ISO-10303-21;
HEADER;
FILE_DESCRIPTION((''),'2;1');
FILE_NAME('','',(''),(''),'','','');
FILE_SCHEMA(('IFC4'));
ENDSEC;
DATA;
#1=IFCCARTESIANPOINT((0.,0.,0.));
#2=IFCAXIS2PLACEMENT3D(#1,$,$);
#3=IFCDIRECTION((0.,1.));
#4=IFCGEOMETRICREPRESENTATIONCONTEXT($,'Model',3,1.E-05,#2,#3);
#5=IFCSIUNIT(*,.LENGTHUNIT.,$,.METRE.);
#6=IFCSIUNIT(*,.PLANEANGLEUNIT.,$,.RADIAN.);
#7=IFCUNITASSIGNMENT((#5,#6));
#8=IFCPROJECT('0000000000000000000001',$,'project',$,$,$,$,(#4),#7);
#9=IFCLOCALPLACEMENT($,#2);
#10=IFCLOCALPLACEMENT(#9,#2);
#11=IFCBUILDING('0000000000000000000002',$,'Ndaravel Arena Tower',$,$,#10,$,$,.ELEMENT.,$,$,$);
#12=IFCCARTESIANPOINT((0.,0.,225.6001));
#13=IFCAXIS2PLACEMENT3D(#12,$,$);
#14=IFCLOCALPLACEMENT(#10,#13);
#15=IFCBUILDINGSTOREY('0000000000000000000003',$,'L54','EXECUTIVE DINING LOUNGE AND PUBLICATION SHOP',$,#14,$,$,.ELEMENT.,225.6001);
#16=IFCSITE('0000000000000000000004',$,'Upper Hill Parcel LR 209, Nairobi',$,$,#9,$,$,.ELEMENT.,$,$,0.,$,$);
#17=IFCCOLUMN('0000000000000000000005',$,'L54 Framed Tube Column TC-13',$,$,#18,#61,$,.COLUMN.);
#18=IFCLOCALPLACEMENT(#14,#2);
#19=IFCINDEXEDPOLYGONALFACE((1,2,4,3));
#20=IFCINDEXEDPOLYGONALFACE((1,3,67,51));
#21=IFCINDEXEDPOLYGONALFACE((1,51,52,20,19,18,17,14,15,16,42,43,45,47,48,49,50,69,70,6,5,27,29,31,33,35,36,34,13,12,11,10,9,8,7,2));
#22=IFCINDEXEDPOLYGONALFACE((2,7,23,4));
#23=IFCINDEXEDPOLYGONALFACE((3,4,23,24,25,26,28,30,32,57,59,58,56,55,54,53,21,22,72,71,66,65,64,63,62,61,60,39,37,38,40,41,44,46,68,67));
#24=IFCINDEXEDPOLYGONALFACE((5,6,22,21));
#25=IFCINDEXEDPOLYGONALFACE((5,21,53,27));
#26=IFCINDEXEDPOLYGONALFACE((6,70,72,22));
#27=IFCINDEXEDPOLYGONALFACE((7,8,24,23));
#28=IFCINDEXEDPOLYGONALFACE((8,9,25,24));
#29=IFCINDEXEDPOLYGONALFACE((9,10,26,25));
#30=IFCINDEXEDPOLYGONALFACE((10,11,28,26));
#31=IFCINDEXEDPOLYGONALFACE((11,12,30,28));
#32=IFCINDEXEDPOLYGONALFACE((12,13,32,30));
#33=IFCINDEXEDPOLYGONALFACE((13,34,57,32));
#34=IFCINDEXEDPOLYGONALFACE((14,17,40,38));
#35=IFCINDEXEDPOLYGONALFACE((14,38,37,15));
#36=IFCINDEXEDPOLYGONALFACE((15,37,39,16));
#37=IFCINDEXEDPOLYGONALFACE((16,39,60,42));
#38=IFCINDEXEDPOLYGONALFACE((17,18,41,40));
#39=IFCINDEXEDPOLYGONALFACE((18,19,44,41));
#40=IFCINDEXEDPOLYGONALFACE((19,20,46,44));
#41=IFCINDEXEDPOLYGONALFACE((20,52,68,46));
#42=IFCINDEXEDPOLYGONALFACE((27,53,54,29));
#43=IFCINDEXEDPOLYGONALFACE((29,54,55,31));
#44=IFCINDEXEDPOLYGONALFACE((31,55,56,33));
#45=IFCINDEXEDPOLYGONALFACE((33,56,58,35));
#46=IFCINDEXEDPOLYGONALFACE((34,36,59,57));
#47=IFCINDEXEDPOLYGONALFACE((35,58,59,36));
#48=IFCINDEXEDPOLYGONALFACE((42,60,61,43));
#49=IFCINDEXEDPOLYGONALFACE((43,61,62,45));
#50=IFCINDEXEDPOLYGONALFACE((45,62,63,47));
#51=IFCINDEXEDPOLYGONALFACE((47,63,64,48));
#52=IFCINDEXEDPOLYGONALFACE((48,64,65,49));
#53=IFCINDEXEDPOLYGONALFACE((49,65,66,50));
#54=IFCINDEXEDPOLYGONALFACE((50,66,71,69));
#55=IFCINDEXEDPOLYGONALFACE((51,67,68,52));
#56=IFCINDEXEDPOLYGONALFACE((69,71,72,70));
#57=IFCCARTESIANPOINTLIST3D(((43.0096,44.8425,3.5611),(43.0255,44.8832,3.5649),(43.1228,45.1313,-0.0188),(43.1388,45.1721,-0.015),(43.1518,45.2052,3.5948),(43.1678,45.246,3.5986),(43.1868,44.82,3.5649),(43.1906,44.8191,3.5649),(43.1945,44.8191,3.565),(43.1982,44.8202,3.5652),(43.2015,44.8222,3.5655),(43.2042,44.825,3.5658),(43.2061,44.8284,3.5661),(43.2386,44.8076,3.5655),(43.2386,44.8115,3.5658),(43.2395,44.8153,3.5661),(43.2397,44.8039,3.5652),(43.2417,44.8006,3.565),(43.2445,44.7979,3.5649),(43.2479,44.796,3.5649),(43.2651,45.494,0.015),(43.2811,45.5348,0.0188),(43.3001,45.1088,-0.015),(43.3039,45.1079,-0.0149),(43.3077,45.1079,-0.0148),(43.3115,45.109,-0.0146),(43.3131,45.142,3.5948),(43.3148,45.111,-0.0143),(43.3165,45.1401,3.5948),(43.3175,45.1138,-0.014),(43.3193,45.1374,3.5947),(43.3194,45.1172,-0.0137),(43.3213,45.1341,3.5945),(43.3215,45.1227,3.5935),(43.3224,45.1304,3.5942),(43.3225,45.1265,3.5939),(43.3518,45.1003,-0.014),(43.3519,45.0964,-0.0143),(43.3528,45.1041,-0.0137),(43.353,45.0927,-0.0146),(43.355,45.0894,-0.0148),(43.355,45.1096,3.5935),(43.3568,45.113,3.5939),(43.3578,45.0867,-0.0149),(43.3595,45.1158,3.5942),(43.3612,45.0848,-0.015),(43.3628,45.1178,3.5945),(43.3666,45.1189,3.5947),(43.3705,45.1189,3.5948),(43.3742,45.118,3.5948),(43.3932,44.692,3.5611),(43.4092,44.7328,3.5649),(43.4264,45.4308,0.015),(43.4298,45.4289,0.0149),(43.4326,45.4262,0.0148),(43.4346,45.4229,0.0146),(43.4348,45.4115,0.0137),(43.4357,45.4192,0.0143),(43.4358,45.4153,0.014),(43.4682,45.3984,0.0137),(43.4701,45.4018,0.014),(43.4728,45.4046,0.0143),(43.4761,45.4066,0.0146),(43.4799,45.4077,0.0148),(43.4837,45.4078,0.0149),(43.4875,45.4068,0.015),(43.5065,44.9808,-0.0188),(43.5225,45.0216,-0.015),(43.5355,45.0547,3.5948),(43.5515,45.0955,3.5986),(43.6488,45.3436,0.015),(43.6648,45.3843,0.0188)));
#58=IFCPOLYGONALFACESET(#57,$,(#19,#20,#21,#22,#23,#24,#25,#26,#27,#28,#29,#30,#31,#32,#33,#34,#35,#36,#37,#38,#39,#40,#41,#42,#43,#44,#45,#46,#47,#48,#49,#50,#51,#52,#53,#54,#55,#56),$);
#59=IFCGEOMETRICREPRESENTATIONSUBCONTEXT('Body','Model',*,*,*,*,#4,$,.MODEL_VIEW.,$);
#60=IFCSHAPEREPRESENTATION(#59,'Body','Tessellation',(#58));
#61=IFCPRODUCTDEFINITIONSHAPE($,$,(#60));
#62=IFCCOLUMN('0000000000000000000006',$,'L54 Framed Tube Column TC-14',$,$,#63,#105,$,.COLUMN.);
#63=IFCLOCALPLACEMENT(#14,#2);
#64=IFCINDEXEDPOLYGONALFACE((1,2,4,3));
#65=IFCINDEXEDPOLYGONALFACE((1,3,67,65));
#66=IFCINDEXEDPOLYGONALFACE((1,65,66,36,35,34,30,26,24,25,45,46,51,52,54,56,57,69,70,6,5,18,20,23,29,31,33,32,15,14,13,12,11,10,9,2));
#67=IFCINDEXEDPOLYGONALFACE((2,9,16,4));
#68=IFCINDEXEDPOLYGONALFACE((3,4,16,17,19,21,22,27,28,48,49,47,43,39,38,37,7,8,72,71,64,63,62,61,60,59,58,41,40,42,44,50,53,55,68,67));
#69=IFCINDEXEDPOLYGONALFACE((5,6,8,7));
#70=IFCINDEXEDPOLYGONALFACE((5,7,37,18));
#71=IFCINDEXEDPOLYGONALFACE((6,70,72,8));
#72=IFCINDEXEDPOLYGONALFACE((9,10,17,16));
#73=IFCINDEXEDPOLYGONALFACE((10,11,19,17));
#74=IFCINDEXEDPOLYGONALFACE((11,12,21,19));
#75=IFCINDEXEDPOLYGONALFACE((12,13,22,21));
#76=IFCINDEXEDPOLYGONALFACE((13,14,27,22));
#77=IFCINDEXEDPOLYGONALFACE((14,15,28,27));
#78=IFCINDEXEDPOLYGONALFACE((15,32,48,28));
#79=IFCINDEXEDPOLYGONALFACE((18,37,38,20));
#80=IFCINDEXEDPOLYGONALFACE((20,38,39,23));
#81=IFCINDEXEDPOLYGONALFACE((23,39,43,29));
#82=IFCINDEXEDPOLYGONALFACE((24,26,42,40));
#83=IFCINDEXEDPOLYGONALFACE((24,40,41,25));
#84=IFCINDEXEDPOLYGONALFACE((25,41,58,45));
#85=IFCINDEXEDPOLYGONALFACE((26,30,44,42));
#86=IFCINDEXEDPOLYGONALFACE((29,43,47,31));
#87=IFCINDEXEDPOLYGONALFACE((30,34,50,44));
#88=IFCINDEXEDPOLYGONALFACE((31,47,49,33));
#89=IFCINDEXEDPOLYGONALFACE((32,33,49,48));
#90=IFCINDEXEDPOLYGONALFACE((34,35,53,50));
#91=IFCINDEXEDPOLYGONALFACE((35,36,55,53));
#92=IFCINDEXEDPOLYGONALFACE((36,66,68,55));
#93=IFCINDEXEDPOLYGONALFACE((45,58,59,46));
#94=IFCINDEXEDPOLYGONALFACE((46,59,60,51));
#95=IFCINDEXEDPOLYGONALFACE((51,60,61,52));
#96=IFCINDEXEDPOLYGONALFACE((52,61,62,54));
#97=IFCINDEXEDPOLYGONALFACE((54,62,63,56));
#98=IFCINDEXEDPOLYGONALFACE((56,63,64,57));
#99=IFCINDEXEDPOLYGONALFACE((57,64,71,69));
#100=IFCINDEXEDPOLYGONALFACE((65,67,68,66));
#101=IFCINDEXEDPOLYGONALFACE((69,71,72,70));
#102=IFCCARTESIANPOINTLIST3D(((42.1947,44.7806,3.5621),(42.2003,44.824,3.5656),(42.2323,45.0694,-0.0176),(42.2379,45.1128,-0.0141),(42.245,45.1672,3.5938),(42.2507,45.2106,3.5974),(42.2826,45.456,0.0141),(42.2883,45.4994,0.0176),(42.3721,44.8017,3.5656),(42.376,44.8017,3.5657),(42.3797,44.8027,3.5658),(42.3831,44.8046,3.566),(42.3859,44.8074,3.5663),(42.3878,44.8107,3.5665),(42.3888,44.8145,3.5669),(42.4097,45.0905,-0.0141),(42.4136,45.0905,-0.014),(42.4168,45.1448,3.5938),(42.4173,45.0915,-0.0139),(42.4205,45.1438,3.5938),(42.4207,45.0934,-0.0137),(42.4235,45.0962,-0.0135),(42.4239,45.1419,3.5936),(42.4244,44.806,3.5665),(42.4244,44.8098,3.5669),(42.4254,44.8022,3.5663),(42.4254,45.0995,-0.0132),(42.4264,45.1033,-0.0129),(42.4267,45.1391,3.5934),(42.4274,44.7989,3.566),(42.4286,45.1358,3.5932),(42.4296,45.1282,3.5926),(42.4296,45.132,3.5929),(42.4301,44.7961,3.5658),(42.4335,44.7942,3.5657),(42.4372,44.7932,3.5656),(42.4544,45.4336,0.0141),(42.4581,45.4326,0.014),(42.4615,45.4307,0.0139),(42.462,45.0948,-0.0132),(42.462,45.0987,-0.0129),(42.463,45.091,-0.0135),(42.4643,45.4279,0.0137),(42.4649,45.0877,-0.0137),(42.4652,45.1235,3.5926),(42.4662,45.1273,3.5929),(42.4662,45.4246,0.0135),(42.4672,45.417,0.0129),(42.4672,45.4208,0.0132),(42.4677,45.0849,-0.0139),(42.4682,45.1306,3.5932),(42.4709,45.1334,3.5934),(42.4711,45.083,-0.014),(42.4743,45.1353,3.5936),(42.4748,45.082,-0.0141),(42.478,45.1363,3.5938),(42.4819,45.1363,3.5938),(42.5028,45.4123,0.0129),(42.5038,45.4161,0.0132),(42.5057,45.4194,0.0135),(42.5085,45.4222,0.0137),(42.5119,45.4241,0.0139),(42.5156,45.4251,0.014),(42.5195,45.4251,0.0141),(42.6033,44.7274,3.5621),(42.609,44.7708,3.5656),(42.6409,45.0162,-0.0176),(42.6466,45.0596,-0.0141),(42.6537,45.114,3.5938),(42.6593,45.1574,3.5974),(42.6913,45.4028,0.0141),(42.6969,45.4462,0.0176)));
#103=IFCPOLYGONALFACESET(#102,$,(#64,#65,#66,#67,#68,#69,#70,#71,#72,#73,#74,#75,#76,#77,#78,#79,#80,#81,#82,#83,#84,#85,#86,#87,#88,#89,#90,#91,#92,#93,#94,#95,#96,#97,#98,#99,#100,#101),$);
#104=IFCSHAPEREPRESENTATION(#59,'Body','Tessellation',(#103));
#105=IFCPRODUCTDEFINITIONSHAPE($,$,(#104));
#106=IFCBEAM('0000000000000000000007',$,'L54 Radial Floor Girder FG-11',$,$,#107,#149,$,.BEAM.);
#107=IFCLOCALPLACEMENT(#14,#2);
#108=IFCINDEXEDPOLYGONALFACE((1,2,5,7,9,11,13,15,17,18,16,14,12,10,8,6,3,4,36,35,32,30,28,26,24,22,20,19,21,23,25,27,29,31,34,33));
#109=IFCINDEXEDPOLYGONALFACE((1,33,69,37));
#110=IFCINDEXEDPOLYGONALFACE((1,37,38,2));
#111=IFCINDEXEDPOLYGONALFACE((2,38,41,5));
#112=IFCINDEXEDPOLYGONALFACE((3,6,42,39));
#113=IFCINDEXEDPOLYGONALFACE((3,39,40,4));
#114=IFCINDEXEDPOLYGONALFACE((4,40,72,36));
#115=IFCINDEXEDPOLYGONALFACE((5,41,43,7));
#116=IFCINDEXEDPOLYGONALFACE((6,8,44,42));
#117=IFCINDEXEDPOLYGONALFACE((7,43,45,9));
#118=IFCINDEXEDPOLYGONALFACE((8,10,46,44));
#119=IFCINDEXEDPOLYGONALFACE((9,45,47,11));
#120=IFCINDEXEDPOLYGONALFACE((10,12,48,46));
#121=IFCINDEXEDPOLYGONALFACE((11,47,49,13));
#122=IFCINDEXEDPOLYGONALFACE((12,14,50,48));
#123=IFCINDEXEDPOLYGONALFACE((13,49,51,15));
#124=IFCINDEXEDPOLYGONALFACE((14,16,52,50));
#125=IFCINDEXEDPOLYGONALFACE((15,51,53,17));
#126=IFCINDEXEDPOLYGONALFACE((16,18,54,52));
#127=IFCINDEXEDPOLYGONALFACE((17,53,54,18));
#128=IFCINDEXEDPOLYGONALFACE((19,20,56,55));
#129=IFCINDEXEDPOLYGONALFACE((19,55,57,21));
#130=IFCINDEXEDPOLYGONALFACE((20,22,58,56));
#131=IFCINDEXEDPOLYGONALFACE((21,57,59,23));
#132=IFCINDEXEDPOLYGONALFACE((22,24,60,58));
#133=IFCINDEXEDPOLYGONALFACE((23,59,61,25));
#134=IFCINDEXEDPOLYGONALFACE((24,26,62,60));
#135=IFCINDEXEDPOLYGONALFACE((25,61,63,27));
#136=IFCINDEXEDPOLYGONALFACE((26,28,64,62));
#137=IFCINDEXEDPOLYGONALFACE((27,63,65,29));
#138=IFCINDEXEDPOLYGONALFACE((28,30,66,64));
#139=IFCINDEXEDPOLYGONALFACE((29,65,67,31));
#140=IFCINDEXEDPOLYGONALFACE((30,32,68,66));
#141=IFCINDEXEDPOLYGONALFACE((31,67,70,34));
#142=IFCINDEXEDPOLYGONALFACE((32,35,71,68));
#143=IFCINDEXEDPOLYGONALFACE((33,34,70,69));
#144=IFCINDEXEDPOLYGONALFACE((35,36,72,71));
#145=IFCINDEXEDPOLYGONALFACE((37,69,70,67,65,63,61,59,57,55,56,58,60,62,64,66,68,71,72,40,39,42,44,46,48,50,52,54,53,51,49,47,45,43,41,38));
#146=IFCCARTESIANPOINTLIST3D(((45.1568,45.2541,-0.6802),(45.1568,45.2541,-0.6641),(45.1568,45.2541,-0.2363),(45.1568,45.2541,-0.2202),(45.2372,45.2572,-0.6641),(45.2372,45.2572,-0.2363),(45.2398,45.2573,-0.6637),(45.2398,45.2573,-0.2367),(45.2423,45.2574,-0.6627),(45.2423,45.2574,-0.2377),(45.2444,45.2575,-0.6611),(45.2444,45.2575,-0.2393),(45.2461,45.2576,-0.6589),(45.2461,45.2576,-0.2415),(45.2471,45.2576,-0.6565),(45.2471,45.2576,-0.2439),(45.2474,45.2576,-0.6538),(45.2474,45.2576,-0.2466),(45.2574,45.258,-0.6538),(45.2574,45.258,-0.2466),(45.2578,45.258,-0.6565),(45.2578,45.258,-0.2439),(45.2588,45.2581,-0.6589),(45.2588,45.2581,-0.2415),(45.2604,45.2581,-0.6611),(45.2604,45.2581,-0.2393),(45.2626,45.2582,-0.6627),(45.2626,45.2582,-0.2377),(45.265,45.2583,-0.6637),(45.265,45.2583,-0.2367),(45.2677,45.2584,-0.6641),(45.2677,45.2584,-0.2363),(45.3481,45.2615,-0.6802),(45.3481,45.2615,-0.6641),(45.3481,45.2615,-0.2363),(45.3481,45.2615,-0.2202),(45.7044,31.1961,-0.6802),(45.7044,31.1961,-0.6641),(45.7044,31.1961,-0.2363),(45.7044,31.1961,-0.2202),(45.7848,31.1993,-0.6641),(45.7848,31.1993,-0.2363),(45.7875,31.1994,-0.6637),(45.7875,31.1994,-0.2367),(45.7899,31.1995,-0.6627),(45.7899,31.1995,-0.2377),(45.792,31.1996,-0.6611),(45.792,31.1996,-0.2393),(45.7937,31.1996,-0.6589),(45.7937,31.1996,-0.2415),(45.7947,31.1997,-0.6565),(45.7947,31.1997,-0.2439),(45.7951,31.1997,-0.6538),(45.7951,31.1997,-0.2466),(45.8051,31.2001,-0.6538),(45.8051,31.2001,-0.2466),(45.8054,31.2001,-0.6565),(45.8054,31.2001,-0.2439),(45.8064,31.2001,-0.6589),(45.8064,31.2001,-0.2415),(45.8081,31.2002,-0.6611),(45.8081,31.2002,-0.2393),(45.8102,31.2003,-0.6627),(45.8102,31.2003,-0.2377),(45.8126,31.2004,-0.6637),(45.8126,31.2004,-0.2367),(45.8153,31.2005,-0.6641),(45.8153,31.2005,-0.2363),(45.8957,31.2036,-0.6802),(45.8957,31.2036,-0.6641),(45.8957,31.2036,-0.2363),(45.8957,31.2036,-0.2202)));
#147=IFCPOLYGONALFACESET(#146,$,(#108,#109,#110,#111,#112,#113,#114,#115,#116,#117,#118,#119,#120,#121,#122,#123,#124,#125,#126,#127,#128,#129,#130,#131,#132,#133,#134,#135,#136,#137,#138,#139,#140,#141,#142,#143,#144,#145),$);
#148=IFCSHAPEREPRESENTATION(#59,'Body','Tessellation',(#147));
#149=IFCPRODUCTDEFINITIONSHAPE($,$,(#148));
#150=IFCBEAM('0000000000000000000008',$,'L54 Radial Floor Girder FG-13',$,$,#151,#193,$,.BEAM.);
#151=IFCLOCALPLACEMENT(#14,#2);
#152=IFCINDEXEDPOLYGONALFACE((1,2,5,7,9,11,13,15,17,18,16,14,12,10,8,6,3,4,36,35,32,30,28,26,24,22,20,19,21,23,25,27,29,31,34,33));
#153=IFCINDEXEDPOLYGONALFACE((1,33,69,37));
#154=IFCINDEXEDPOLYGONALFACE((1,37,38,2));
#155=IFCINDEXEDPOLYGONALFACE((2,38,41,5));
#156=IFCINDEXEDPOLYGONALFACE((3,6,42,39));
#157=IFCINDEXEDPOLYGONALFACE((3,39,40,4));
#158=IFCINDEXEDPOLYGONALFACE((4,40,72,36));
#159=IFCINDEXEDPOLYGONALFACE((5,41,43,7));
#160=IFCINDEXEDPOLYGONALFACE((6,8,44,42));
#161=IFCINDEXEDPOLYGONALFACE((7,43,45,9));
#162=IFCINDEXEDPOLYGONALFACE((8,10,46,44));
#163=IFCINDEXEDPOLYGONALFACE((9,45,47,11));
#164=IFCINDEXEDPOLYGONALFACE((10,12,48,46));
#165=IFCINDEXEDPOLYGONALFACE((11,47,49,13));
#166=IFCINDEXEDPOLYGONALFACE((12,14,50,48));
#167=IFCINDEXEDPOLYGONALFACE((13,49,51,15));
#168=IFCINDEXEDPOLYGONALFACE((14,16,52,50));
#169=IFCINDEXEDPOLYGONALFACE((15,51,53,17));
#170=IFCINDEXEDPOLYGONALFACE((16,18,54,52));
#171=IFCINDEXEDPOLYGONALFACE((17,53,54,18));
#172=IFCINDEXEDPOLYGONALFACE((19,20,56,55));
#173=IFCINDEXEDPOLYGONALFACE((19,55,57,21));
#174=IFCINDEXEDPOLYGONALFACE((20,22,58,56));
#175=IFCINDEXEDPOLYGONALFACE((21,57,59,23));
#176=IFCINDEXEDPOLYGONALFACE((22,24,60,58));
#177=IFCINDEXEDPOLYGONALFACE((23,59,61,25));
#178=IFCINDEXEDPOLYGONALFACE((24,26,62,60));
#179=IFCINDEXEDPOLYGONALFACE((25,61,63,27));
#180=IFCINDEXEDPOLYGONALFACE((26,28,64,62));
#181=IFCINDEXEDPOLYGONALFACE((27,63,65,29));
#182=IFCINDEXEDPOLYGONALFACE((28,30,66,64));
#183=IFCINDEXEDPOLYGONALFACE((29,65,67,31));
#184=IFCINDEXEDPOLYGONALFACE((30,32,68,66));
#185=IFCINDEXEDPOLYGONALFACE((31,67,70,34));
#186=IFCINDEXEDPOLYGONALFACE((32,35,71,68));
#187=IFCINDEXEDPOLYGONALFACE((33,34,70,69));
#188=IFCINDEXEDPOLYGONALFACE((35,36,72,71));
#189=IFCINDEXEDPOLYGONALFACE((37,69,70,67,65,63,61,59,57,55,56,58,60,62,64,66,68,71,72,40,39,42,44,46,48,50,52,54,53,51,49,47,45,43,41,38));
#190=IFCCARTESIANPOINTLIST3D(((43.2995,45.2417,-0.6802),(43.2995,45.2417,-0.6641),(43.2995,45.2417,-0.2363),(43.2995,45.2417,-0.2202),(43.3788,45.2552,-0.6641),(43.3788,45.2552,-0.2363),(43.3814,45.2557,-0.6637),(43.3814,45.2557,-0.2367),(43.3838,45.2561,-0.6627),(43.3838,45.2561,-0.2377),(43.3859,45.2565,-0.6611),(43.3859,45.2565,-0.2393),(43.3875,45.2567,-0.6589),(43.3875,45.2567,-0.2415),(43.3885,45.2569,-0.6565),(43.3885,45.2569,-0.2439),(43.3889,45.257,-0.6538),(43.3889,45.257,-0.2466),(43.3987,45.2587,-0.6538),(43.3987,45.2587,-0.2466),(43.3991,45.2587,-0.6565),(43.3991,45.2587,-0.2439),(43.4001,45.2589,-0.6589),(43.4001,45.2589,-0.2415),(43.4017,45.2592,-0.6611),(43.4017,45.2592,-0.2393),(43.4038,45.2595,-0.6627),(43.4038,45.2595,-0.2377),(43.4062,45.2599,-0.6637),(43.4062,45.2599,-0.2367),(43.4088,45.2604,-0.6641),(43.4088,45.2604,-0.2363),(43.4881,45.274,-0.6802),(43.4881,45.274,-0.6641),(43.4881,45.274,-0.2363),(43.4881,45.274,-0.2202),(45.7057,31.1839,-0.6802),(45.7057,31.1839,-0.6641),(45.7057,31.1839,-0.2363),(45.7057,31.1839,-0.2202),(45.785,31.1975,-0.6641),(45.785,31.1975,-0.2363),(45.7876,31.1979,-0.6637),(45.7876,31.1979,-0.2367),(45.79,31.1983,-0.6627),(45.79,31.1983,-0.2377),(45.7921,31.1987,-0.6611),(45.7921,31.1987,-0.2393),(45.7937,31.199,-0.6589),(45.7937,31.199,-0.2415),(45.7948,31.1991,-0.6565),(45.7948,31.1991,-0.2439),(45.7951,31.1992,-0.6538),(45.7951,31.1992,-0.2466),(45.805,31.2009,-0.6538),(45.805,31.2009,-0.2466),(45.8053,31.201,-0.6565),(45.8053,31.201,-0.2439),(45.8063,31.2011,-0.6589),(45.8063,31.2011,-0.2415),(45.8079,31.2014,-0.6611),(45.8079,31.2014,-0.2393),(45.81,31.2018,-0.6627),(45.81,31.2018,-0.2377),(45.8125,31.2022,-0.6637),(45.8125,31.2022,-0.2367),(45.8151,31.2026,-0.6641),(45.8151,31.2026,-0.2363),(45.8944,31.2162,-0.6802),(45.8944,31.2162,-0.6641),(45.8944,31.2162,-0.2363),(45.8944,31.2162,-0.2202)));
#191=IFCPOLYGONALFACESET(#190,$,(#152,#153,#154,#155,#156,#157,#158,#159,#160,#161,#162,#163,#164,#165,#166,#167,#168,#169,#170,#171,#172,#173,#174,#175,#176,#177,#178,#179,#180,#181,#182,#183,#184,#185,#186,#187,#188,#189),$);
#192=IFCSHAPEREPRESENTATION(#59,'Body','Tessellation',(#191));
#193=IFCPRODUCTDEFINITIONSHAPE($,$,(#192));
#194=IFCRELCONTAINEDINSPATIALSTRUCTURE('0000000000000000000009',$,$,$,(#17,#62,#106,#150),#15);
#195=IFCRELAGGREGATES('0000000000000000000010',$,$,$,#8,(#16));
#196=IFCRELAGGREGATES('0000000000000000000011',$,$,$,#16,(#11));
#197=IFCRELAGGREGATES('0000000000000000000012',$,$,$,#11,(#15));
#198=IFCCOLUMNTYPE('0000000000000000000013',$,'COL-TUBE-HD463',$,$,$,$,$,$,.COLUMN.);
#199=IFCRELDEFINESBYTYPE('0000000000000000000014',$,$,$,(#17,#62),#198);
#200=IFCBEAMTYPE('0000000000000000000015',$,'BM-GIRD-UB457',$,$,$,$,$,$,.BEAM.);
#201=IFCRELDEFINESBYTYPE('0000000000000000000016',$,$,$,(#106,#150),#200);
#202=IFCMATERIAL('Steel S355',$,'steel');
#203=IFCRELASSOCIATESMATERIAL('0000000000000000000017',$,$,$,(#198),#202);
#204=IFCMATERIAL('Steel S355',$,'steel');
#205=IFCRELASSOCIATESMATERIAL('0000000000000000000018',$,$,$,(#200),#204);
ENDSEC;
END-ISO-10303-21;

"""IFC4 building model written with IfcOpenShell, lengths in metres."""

from ifc_helpers import new_model, si_unit, direction, frame, origin, origin_2d, place, context, subcontext, project, spatial, i_section, extrude, material, material_profile, profile_set, type_object, element, save


model = new_model("IFC4")

# Units and contexts
model_context = context("Model", 3, precision=1e-05, world=origin(), true_north=direction((0.0, 1.0)))
body_context = subcontext(model_context, "Body", "Model", "MODEL_VIEW")
ifc_project = project(units=[si_unit("LENGTHUNIT", "METRE"), si_unit("PLANEANGLEUNIT", "RADIAN")], contexts=[model_context])

# Site, building, storey
site_placement = place(None, origin())
site = spatial("IfcSite", under=ifc_project, at=site_placement, Name="Upper Hill Parcel LR 209, Nairobi", CompositionType="ELEMENT", RefElevation=0.0)
building_placement = place(site_placement, origin())
building = spatial("IfcBuilding", under=site, at=building_placement, Name="Ndaravel Arena Tower", CompositionType="ELEMENT")
storey_placement = place(building_placement, frame((0.0, 0.0, 225.6001)))
storey = spatial("IfcBuildingStorey", under=building, at=storey_placement, Name="L54", Description="EXECUTIVE DINING LOUNGE AND PUBLICATION SHOP", CompositionType="ELEMENT", Elevation=225.6001)

# Columns
ifc_material_1 = material(Name="Steel S355", Category="steel")
ifc_material_profile_1 = material_profile(ifc_material_1, i_section(OverallWidth=0.4121, OverallDepth=0.4351, WebThickness=0.0359, FlangeThickness=0.0439, FilletRadius=0.0149, at=origin_2d()), Name="HD 400x463")
ifc_profile_set_1 = profile_set([ifc_material_profile_1], Name="Steel S355")
column_type_1 = type_object("IfcColumnType", Name="COL-TUBE-HD463", PredefinedType="COLUMN", material=ifc_profile_set_1)
column_1_placement = place(storey_placement, frame((43.3938, 45.2578, 0.0), z_axis=(-0.031526, -0.080378, 0.996266), x_axis=(0.930952, -0.365141, 0.0)))
element("IfcColumn", 1, at=column_1_placement, inside=storey, type_object=column_type_1, Name="L54 Framed Tube Column TC-13", PredefinedType="COLUMN", context=body_context, shape_type="SweptSolid", body=[
    extrude(i_section(OverallWidth=0.4121, OverallDepth=0.4351, WebThickness=0.0359, FlangeThickness=0.0439, FilletRadius=0.0149, at=origin_2d()), origin(), (0.0, 0.0, 1.0), 3.5933),
])
column_2_placement = place(storey_placement, frame((42.4646, 45.2578, 0.0), z_axis=(-0.010468, -0.080414, 0.996707), x_axis=(0.991633, -0.129088, 0.0)))
element("IfcColumn", 2, at=column_2_placement, inside=storey, type_object=column_type_1, Name="L54 Framed Tube Column TC-14", PredefinedType="COLUMN", context=body_context, shape_type="SweptSolid", body=[
    extrude(i_section(OverallWidth=0.4121, OverallDepth=0.4351, WebThickness=0.0359, FlangeThickness=0.0439, FilletRadius=0.0149, at=origin_2d()), origin(), (0.0, 0.0, 1.0), 3.5916),
])

# Beams
ifc_material_2 = material(Name="Steel S355", Category="steel")
ifc_material_profile_2 = material_profile(ifc_material_2, i_section(OverallWidth=0.1914, OverallDepth=0.46, WebThickness=0.01, FlangeThickness=0.0161, FilletRadius=0.0103, at=origin_2d()), Name="UB 457x191x82")
ifc_profile_set_2 = profile_set([ifc_material_profile_2], Name="Steel S355")
beam_type_1 = type_object("IfcBeamType", Name="BM-GIRD-UB457", PredefinedType="BEAM", material=ifc_profile_set_2)
beam_1_placement = place(storey_placement, frame((45.2524, 45.2578, -0.4502), z_axis=(0.038924, -0.999242, 0.0), x_axis=(0.999242, 0.038924, 0.0)))
element("IfcBeam", 3, at=beam_1_placement, inside=storey, type_object=beam_type_1, Name="L54 Radial Floor Girder FG-11", PredefinedType="BEAM", context=body_context, shape_type="SweptSolid", body=[
    extrude(i_section(OverallWidth=0.1914, OverallDepth=0.46, WebThickness=0.01, FlangeThickness=0.0161, FilletRadius=0.0103, at=origin_2d()), origin(), (0.0, 0.0, 1.0), 14.0686),
])
beam_2_placement = place(storey_placement, frame((43.3938, 45.2578, -0.4502), z_axis=(0.168714, -0.985665, 0.0), x_axis=(0.985665, 0.168714, 0.0)))
element("IfcBeam", 4, at=beam_2_placement, inside=storey, type_object=beam_type_1, Name="L54 Radial Floor Girder FG-13", PredefinedType="BEAM", context=body_context, shape_type="SweptSolid", body=[
    extrude(i_section(OverallWidth=0.1914, OverallDepth=0.46, WebThickness=0.01, FlangeThickness=0.0161, FilletRadius=0.0103, at=origin_2d()), origin(), (0.0, 0.0, 1.0), 14.2622),
])

save(model, "model.ifc")
